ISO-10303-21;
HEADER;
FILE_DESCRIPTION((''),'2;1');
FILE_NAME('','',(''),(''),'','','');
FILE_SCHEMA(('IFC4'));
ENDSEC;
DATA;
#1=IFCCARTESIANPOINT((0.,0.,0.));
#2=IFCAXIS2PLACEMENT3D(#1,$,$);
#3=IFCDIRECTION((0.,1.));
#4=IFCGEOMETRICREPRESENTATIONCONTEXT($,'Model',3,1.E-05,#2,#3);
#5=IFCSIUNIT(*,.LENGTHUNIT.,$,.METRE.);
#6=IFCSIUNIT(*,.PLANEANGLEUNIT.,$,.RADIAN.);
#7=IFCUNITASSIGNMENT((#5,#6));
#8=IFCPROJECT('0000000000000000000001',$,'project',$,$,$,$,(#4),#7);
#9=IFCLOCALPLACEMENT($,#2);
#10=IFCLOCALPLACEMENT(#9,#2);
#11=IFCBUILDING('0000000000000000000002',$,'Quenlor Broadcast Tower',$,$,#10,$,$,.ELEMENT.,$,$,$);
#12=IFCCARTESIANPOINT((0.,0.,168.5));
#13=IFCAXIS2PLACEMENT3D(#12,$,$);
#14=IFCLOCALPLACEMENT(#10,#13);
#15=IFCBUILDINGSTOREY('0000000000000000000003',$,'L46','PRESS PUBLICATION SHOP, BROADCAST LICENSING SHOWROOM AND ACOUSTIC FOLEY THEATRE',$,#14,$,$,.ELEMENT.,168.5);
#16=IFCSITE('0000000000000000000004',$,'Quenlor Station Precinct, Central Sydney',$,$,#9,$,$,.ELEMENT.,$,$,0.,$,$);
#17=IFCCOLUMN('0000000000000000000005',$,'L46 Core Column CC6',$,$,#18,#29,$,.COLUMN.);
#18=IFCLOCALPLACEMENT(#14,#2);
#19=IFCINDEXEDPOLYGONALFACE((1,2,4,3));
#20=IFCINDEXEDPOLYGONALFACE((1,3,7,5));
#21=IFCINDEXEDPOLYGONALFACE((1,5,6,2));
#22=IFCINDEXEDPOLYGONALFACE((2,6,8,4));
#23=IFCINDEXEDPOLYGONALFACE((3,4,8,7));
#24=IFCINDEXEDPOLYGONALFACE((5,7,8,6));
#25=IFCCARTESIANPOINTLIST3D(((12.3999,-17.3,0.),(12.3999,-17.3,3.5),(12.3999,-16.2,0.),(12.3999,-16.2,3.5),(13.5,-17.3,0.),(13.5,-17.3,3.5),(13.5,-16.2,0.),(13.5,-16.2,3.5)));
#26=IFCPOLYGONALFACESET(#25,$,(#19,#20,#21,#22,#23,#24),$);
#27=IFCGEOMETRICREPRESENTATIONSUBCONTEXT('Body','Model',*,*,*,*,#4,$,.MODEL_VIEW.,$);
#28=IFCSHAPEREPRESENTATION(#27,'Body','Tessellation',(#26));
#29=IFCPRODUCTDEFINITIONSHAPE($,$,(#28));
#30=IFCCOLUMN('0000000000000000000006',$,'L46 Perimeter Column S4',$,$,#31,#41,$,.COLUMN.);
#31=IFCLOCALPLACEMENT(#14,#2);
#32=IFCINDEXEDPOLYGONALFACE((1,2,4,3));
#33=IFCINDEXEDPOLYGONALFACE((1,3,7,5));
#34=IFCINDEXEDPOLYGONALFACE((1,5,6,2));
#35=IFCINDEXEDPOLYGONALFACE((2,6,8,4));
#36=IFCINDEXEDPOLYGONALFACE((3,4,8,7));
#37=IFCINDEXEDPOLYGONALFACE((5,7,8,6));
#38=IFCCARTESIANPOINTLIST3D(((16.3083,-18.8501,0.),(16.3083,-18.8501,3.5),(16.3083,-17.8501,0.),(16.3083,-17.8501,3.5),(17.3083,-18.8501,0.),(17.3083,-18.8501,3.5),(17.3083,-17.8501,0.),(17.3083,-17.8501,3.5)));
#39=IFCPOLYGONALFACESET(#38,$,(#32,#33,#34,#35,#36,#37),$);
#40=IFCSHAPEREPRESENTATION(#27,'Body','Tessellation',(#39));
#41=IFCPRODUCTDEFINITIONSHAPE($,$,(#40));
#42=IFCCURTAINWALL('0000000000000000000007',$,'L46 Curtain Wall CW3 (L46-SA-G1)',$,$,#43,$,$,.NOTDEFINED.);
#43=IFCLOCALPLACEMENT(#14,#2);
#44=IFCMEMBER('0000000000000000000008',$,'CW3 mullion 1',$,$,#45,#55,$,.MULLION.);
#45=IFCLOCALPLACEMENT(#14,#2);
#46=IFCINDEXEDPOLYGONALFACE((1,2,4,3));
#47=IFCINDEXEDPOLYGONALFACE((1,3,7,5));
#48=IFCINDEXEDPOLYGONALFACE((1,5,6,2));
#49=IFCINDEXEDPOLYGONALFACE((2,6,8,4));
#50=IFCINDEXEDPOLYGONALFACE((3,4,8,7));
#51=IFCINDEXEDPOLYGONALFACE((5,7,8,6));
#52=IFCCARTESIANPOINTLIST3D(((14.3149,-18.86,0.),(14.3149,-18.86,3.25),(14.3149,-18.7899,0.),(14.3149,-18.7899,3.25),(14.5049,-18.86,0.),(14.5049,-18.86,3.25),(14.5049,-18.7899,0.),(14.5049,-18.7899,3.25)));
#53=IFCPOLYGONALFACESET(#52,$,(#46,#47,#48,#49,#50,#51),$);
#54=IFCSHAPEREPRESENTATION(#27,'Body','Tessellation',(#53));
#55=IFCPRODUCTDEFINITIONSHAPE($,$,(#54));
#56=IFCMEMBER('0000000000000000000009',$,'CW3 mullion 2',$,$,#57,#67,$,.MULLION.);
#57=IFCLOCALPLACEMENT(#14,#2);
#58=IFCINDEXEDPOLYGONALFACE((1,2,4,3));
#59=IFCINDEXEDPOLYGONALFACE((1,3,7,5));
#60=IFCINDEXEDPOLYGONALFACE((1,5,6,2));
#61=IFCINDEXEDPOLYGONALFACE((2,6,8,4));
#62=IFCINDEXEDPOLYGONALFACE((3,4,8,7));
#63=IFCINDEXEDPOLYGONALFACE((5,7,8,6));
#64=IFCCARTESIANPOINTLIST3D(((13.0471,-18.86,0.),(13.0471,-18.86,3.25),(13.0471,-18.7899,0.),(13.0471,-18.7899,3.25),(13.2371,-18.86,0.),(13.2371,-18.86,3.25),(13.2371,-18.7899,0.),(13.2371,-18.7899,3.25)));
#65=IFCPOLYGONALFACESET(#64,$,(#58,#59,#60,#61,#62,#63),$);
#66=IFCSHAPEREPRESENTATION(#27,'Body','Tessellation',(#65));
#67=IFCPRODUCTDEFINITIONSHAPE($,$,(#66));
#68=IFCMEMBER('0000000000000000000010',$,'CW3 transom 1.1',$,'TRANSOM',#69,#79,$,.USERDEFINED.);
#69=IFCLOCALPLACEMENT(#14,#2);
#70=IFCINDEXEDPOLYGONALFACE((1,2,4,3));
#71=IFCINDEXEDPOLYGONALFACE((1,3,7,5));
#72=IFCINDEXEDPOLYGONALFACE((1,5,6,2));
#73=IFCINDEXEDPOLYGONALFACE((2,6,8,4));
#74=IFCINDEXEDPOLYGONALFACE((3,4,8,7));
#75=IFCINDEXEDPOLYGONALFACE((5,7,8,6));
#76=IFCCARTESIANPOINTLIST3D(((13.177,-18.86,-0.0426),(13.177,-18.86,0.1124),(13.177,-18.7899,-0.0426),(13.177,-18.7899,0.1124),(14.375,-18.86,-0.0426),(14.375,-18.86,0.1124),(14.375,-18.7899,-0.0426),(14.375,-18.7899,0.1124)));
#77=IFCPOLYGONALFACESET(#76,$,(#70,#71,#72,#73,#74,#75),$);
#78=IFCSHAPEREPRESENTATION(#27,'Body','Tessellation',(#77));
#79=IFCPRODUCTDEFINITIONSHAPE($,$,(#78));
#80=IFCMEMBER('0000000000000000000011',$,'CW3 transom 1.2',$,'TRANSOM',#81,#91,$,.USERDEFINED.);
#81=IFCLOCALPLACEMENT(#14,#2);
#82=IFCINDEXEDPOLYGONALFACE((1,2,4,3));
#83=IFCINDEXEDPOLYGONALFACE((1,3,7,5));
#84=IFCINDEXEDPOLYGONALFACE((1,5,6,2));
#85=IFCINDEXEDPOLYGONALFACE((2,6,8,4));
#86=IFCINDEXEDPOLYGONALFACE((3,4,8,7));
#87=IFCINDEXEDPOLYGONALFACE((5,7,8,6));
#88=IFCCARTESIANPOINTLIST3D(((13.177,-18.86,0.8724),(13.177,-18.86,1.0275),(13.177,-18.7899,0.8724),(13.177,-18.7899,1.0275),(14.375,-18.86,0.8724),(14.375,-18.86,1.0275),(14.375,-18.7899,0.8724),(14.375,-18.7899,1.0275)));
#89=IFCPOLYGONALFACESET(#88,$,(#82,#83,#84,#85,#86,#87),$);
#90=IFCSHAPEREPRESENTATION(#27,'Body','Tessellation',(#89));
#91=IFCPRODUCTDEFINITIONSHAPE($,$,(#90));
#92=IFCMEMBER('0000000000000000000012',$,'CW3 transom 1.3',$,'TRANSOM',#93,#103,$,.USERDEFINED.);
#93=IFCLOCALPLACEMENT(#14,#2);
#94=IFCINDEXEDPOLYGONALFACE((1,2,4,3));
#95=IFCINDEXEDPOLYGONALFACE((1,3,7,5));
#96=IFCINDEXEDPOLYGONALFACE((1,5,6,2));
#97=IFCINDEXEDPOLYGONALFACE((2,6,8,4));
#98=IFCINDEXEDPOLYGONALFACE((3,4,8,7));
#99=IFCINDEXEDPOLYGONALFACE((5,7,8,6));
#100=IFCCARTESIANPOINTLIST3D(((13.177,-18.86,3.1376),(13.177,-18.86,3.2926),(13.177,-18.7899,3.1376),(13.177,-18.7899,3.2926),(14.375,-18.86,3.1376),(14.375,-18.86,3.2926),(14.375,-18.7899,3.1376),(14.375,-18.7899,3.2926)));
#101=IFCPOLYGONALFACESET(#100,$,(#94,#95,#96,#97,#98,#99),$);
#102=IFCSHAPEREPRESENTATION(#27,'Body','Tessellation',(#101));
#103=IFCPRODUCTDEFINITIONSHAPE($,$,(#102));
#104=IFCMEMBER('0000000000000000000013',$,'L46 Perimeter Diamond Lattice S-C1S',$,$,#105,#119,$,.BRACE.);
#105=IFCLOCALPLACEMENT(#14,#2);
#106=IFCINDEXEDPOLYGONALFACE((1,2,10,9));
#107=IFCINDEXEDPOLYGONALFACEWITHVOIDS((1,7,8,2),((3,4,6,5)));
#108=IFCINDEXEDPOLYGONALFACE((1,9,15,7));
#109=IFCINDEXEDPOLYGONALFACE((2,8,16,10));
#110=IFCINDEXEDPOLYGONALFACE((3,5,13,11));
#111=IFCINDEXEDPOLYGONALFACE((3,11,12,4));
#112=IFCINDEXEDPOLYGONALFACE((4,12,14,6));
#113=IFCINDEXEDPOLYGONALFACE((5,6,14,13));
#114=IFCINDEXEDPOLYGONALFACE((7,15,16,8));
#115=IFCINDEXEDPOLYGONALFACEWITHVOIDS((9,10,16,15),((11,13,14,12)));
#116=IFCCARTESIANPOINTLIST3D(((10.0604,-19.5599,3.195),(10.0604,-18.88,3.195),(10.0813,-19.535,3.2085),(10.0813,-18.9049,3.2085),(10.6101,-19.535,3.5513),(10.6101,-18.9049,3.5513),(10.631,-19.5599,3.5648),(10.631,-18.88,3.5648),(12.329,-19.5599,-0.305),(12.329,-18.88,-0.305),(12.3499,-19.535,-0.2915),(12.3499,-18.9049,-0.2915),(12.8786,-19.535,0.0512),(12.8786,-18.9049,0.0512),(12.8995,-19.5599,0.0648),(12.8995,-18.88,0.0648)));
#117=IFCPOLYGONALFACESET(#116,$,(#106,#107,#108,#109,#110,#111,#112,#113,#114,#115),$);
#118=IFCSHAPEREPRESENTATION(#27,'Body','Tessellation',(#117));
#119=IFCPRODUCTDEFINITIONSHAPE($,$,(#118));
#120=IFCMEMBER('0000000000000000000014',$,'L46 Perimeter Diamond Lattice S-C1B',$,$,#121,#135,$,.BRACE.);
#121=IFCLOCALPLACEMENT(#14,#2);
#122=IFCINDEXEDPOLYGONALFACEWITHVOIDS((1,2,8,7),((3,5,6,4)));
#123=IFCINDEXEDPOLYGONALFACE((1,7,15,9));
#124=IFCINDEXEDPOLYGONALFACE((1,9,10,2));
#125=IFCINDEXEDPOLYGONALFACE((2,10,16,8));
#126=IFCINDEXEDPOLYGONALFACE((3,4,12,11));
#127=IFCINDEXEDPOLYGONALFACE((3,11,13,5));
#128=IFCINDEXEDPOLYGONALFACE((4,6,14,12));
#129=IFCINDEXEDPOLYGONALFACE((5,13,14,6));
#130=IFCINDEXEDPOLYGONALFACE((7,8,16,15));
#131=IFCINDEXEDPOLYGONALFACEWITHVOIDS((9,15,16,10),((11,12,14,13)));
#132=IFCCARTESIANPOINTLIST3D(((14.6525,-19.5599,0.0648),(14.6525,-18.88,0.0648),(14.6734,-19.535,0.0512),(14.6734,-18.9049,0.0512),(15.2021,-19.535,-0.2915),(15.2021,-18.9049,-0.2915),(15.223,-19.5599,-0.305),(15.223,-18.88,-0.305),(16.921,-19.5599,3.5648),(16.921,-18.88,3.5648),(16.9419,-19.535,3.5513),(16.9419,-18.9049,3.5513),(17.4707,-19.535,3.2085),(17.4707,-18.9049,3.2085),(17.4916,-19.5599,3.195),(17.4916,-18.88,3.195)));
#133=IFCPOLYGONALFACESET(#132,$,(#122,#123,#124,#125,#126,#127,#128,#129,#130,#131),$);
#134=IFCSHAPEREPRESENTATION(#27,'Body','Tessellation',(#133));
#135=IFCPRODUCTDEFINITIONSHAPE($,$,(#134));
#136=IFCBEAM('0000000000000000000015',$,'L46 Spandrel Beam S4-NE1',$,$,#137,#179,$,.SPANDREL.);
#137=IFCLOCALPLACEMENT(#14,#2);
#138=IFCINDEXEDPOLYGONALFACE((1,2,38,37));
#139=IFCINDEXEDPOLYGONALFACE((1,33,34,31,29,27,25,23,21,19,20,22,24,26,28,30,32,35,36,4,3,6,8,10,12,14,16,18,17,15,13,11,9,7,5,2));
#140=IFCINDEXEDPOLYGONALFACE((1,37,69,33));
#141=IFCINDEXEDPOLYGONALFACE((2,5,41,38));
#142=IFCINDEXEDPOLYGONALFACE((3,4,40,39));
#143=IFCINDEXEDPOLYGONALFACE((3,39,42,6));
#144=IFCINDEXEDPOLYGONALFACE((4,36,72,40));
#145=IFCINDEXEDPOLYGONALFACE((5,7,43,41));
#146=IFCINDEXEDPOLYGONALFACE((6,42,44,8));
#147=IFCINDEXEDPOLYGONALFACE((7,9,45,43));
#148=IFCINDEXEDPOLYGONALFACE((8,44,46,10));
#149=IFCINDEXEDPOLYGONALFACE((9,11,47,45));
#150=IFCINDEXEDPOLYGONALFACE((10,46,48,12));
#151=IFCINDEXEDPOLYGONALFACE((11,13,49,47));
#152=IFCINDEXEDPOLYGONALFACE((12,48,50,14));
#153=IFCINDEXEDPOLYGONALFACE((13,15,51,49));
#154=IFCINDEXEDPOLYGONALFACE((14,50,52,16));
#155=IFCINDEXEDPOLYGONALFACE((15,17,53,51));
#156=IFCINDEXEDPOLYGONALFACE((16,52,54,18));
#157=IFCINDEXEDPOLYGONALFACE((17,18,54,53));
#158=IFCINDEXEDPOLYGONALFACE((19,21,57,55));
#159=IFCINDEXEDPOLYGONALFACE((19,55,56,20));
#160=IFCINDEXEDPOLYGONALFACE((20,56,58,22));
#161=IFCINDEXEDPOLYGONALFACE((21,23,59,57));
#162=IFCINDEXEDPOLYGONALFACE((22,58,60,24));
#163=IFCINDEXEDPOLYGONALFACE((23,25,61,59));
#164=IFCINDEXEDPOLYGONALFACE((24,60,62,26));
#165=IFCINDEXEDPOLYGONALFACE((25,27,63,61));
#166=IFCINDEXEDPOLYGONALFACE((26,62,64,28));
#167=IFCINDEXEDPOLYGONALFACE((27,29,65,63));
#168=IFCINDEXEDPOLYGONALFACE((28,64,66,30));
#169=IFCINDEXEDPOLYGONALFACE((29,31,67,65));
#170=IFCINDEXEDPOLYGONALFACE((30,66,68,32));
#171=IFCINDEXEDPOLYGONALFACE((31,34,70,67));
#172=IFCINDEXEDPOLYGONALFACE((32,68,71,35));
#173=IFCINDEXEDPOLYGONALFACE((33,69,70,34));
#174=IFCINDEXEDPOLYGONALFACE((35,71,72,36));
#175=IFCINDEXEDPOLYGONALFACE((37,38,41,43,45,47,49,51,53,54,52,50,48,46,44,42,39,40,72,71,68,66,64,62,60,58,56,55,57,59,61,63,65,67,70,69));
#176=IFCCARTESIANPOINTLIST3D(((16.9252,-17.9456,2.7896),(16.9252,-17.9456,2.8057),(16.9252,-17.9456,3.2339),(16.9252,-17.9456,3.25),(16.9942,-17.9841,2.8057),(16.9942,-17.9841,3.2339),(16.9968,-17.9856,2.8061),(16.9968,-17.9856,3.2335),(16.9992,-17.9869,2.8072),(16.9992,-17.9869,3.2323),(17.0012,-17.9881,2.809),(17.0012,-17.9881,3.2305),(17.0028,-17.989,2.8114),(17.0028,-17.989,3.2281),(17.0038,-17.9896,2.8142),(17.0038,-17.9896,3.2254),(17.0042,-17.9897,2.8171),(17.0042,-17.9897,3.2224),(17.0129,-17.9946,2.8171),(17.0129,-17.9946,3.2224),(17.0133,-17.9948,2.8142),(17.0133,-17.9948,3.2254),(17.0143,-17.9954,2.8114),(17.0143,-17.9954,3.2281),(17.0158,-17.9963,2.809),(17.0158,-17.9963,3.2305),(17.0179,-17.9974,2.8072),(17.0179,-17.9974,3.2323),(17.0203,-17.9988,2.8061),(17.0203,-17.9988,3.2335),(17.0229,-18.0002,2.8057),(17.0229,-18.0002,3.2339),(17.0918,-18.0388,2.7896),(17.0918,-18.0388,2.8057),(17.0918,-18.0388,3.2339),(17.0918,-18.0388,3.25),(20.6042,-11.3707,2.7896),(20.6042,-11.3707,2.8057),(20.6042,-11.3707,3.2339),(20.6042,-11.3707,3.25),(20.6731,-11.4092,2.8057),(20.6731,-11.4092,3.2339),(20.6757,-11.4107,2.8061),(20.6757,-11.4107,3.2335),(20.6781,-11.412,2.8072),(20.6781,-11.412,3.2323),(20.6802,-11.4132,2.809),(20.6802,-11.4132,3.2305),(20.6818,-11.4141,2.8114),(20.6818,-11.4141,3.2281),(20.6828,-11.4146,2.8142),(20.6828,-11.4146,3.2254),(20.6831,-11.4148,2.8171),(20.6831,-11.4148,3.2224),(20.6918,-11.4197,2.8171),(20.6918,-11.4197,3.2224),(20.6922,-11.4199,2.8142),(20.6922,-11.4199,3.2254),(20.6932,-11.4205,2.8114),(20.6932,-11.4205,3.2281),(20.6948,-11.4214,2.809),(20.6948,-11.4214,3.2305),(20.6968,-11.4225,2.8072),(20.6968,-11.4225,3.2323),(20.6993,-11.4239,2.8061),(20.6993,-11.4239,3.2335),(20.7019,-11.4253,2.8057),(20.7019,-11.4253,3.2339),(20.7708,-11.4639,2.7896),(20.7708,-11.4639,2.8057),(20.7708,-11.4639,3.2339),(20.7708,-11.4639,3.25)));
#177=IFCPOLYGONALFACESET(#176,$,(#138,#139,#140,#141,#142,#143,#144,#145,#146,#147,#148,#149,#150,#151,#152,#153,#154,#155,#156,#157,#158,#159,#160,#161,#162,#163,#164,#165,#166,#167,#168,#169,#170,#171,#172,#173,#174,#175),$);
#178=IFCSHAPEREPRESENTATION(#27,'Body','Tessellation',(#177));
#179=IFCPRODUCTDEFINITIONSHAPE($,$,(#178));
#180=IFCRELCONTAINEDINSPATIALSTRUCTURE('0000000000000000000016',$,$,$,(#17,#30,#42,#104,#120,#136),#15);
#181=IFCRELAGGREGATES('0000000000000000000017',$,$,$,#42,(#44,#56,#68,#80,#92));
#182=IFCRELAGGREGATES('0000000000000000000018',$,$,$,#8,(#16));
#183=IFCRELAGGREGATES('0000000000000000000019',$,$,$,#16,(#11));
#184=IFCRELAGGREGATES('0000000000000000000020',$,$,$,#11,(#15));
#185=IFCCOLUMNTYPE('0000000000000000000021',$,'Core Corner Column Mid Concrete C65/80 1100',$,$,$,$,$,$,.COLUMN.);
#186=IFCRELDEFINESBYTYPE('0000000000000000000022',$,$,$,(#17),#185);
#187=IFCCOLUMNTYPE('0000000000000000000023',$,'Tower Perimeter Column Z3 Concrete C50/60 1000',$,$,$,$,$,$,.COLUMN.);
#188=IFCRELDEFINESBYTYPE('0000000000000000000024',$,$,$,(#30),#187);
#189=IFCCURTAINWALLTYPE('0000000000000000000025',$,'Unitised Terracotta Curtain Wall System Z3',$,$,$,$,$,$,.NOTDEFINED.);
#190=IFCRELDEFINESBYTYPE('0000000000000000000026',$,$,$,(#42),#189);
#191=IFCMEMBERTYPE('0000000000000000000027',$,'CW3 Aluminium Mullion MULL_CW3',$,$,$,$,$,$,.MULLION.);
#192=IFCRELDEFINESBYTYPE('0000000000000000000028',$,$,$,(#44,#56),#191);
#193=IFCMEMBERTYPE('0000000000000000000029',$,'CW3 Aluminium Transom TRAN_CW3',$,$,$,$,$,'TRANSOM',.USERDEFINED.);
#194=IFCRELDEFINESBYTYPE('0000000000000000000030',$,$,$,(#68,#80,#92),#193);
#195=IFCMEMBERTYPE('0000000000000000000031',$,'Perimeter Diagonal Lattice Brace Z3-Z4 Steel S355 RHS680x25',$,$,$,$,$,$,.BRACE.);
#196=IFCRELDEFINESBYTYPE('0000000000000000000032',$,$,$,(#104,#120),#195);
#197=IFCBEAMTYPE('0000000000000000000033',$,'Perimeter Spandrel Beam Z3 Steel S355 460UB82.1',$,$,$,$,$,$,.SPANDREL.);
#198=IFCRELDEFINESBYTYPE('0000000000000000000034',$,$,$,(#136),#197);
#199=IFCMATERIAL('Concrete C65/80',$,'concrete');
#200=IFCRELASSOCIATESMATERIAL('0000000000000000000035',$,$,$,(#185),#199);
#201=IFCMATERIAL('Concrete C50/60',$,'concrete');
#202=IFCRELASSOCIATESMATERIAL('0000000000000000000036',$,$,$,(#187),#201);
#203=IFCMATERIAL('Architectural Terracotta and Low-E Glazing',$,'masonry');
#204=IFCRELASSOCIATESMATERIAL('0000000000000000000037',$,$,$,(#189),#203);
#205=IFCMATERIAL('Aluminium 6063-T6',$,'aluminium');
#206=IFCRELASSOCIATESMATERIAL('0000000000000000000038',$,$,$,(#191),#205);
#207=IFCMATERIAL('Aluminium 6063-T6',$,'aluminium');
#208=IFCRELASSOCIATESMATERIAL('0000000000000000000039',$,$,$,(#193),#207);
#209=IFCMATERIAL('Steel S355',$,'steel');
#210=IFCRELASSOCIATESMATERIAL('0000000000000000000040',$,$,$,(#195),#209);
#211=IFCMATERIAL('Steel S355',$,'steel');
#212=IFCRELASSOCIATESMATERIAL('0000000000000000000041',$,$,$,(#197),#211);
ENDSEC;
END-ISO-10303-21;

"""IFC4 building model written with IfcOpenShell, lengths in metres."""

from ifc_helpers import new_model, si_unit, direction, frame, origin, origin_2d, place, context, subcontext, project, spatial, rectangle, hollow_rectangle, i_section, extrude, material, material_profile, profile_set, type_object, element, aggregate, save


model = new_model("IFC4")

# Units and contexts
model_context = context("Model", 3, precision=1e-05, world=origin(), true_north=direction((0.0, 1.0)))
body_context = subcontext(model_context, "Body", "Model", "MODEL_VIEW")
ifc_project = project(units=[si_unit("LENGTHUNIT", "METRE"), si_unit("PLANEANGLEUNIT", "RADIAN")], contexts=[model_context])

# Site, building, storey
site_placement = place(None, origin())
site = spatial("IfcSite", under=ifc_project, at=site_placement, Name="Quenlor Station Precinct, Central Sydney", CompositionType="ELEMENT", RefElevation=0.0)
building_placement = place(site_placement, origin())
building = spatial("IfcBuilding", under=site, at=building_placement, Name="Quenlor Broadcast Tower", CompositionType="ELEMENT")
storey_placement = place(building_placement, frame((0.0, 0.0, 168.5)))
storey = spatial("IfcBuildingStorey", under=building, at=storey_placement, Name="L46", Description="PRESS PUBLICATION SHOP, BROADCAST LICENSING SHOWROOM AND ACOUSTIC FOLEY THEATRE", CompositionType="ELEMENT", Elevation=168.5)

# Columns
ifc_material_1 = material(Name="Concrete C65/80", Category="concrete")
ifc_material_profile_1 = material_profile(ifc_material_1, rectangle(XDim=1.1001, YDim=1.1001, at=origin_2d()))
ifc_profile_set_1 = profile_set([ifc_material_profile_1], Name="Concrete C65/80 RC1100x1100")
column_type_1 = type_object("IfcColumnType", Name="Core Corner Column Mid Concrete C65/80 1100", PredefinedType="COLUMN", material=ifc_profile_set_1)
column_1_placement = place(storey_placement, frame((12.95, -16.75, 0.0), z_axis=(0.0, 0.0, 1.0), x_axis=(1.0, 0.0, 0.0)))
element("IfcColumn", 1, at=column_1_placement, inside=storey, type_object=column_type_1, Name="L46 Core Column CC6", PredefinedType="COLUMN", context=body_context, shape_type="SweptSolid", body=[
    extrude(rectangle(XDim=1.1001, YDim=1.1001, at=origin_2d()), origin(), (0.0, 0.0, 1.0), 3.5),
])
ifc_material_2 = material(Name="Concrete C50/60", Category="concrete")
ifc_material_profile_2 = material_profile(ifc_material_2, rectangle(XDim=1.0, YDim=1.0, at=origin_2d()))
ifc_profile_set_2 = profile_set([ifc_material_profile_2], Name="Concrete C50/60 RC1000x1000")
column_type_2 = type_object("IfcColumnType", Name="Tower Perimeter Column Z3 Concrete C50/60 1000", PredefinedType="COLUMN", material=ifc_profile_set_2)
column_2_placement = place(storey_placement, frame((16.8083, -18.3501, 0.0), z_axis=(0.0, 0.0, 1.0), x_axis=(0.0, 1.0, 0.0)))
element("IfcColumn", 2, at=column_2_placement, inside=storey, type_object=column_type_2, Name="L46 Perimeter Column S4", PredefinedType="COLUMN", context=body_context, shape_type="SweptSolid", body=[
    extrude(rectangle(XDim=1.0, YDim=1.0, at=origin_2d()), origin(), (0.0, 0.0, 1.0), 3.5),
])

# Curtain wall, members
ifc_material_3 = material(Name="Architectural Terracotta and Low-E Glazing", Category="masonry")
curtain_wall_type = type_object("IfcCurtainWallType", Name="Unitised Terracotta Curtain Wall System Z3", PredefinedType="NOTDEFINED", material=ifc_material_3)
curtain_wall_placement = place(storey_placement, origin())
curtain_wall = element("IfcCurtainWall", 3, at=curtain_wall_placement, inside=storey, type_object=curtain_wall_type, Name="L46 Curtain Wall CW3 (L46-SA-G1)", PredefinedType="NOTDEFINED")
ifc_material_4 = material(Name="Aluminium 6063-T6", Category="aluminium")
ifc_material_profile_3 = material_profile(ifc_material_4, rectangle(XDim=0.0701, YDim=0.1899, at=origin_2d()))
ifc_profile_set_3 = profile_set([ifc_material_profile_3], Name="Aluminium 6063-T6 MULL70x190")
member_type_1 = type_object("IfcMemberType", Name="CW3 Aluminium Mullion MULL_CW3", PredefinedType="MULLION", material=ifc_profile_set_3)
member_1_placement = place(storey_placement, frame((14.4099, -18.825, 0.0), z_axis=(0.0, 0.0, 1.0), x_axis=(0.0, -1.0, 0.0)))
member_1 = element("IfcMember", 4, at=member_1_placement, type_object=member_type_1, Name="CW3 mullion 1", PredefinedType="MULLION", context=body_context, shape_type="SweptSolid", body=[
    extrude(rectangle(XDim=0.0701, YDim=0.1899, at=origin_2d()), origin(), (0.0, 0.0, 1.0), 3.25),
])
member_2_placement = place(storey_placement, frame((13.1421, -18.825, 0.0), z_axis=(0.0, 0.0, 1.0), x_axis=(0.0, -1.0, 0.0)))
member_2 = element("IfcMember", 5, at=member_2_placement, type_object=member_type_1, Name="CW3 mullion 2", PredefinedType="MULLION", context=body_context, shape_type="SweptSolid", body=[
    extrude(rectangle(XDim=0.0701, YDim=0.1899, at=origin_2d()), origin(), (0.0, 0.0, 1.0), 3.25),
])
ifc_material_5 = material(Name="Aluminium 6063-T6", Category="aluminium")
ifc_material_profile_4 = material_profile(ifc_material_5, rectangle(XDim=0.0701, YDim=0.155, at=origin_2d()))
ifc_profile_set_4 = profile_set([ifc_material_profile_4], Name="Aluminium 6063-T6 TRAN70x155")
member_type_2 = type_object("IfcMemberType", Name="CW3 Aluminium Transom TRAN_CW3", ElementType="TRANSOM", PredefinedType="USERDEFINED", material=ifc_profile_set_4)
member_3_placement = place(storey_placement, frame((14.375, -18.825, 0.0349), z_axis=(-1.0, 0.0, 0.0), x_axis=(0.0, -1.0, 0.0)))
member_3 = element("IfcMember", 6, at=member_3_placement, type_object=member_type_2, Name="CW3 transom 1.1", ObjectType="TRANSOM", PredefinedType="USERDEFINED", context=body_context, shape_type="SweptSolid", body=[
    extrude(rectangle(XDim=0.0701, YDim=0.155, at=origin_2d()), origin(), (0.0, 0.0, 1.0), 1.198),
])
member_4_placement = place(storey_placement, frame((14.375, -18.825, 0.95), z_axis=(-1.0, 0.0, 0.0), x_axis=(0.0, -1.0, 0.0)))
member_4 = element("IfcMember", 7, at=member_4_placement, type_object=member_type_2, Name="CW3 transom 1.2", ObjectType="TRANSOM", PredefinedType="USERDEFINED", context=body_context, shape_type="SweptSolid", body=[
    extrude(rectangle(XDim=0.0701, YDim=0.155, at=origin_2d()), origin(), (0.0, 0.0, 1.0), 1.198),
])
member_5_placement = place(storey_placement, frame((14.375, -18.825, 3.2151), z_axis=(-1.0, 0.0, 0.0), x_axis=(0.0, -1.0, 0.0)))
member_5 = element("IfcMember", 8, at=member_5_placement, type_object=member_type_2, Name="CW3 transom 1.3", ObjectType="TRANSOM", PredefinedType="USERDEFINED", context=body_context, shape_type="SweptSolid", body=[
    extrude(rectangle(XDim=0.0701, YDim=0.155, at=origin_2d()), origin(), (0.0, 0.0, 1.0), 1.198),
])

# Members
ifc_material_6 = material(Name="Steel S355", Category="steel")
ifc_material_profile_5 = material_profile(ifc_material_6, hollow_rectangle(XDim=0.6799, YDim=0.6799, WallThickness=0.0249, at=origin_2d()))
ifc_profile_set_5 = profile_set([ifc_material_profile_5], Name="Steel S355 RHS680x680x25")
member_type_3 = type_object("IfcMemberType", Name="Perimeter Diagonal Lattice Brace Z3-Z4 Steel S355 RHS680x25", PredefinedType="BRACE", material=ifc_profile_set_5)
for number, where, z_axis, x_axis, name in (
    (9, (12.6143, -19.22, -0.1201), (-0.543902, 0.0, 0.839149), (0.0, -1.0, 0.0), "L46 Perimeter Diamond Lattice S-C1S"),
    (10, (14.9377, -19.22, -0.1201), (0.543902, 0.0, 0.839149), (0.0, 1.0, 0.0), "L46 Perimeter Diamond Lattice S-C1B"),
):
    element("IfcMember", number, at=place(storey_placement, frame(where, z_axis=z_axis, x_axis=x_axis)), inside=storey, type_object=member_type_3, Name=name, PredefinedType="BRACE", context=body_context, shape_type="SweptSolid", body=[
        extrude(hollow_rectangle(XDim=0.6799, YDim=0.6799, WallThickness=0.0249, at=origin_2d()), origin(), (0.0, 0.0, 1.0), 4.1709),
    ])

# Beam
ifc_material_7 = material(Name="Steel S355", Category="steel")
ifc_material_profile_6 = material_profile(ifc_material_7, i_section(OverallWidth=0.1909, OverallDepth=0.4604, WebThickness=0.01, FlangeThickness=0.0161, FilletRadius=0.0115, at=origin_2d()))
ifc_profile_set_6 = profile_set([ifc_material_profile_6], Name="Steel S355 460UB82.1")
beam_type_1 = type_object("IfcBeamType", Name="Perimeter Spandrel Beam Z3 Steel S355 460UB82.1", PredefinedType="SPANDREL", material=ifc_profile_set_6)
beam_1_placement = place(storey_placement, frame((17.0085, -17.9922, 3.0198), z_axis=(0.488298, 0.872677, 0.0), x_axis=(-0.872677, 0.488298, 0.0)))
element("IfcBeam", 11, at=beam_1_placement, inside=storey, type_object=beam_type_1, Name="L46 Spandrel Beam S4-NE1", PredefinedType="SPANDREL", context=body_context, shape_type="SweptSolid", body=[
    extrude(i_section(OverallWidth=0.1909, OverallDepth=0.4604, WebThickness=0.01, FlangeThickness=0.0161, FilletRadius=0.0115, at=origin_2d()), origin(), (0.0, 0.0, 1.0), 7.5342),
])

aggregate(curtain_wall, [member_1, member_2, member_3, member_4, member_5])

save(model, "model.ifc")
